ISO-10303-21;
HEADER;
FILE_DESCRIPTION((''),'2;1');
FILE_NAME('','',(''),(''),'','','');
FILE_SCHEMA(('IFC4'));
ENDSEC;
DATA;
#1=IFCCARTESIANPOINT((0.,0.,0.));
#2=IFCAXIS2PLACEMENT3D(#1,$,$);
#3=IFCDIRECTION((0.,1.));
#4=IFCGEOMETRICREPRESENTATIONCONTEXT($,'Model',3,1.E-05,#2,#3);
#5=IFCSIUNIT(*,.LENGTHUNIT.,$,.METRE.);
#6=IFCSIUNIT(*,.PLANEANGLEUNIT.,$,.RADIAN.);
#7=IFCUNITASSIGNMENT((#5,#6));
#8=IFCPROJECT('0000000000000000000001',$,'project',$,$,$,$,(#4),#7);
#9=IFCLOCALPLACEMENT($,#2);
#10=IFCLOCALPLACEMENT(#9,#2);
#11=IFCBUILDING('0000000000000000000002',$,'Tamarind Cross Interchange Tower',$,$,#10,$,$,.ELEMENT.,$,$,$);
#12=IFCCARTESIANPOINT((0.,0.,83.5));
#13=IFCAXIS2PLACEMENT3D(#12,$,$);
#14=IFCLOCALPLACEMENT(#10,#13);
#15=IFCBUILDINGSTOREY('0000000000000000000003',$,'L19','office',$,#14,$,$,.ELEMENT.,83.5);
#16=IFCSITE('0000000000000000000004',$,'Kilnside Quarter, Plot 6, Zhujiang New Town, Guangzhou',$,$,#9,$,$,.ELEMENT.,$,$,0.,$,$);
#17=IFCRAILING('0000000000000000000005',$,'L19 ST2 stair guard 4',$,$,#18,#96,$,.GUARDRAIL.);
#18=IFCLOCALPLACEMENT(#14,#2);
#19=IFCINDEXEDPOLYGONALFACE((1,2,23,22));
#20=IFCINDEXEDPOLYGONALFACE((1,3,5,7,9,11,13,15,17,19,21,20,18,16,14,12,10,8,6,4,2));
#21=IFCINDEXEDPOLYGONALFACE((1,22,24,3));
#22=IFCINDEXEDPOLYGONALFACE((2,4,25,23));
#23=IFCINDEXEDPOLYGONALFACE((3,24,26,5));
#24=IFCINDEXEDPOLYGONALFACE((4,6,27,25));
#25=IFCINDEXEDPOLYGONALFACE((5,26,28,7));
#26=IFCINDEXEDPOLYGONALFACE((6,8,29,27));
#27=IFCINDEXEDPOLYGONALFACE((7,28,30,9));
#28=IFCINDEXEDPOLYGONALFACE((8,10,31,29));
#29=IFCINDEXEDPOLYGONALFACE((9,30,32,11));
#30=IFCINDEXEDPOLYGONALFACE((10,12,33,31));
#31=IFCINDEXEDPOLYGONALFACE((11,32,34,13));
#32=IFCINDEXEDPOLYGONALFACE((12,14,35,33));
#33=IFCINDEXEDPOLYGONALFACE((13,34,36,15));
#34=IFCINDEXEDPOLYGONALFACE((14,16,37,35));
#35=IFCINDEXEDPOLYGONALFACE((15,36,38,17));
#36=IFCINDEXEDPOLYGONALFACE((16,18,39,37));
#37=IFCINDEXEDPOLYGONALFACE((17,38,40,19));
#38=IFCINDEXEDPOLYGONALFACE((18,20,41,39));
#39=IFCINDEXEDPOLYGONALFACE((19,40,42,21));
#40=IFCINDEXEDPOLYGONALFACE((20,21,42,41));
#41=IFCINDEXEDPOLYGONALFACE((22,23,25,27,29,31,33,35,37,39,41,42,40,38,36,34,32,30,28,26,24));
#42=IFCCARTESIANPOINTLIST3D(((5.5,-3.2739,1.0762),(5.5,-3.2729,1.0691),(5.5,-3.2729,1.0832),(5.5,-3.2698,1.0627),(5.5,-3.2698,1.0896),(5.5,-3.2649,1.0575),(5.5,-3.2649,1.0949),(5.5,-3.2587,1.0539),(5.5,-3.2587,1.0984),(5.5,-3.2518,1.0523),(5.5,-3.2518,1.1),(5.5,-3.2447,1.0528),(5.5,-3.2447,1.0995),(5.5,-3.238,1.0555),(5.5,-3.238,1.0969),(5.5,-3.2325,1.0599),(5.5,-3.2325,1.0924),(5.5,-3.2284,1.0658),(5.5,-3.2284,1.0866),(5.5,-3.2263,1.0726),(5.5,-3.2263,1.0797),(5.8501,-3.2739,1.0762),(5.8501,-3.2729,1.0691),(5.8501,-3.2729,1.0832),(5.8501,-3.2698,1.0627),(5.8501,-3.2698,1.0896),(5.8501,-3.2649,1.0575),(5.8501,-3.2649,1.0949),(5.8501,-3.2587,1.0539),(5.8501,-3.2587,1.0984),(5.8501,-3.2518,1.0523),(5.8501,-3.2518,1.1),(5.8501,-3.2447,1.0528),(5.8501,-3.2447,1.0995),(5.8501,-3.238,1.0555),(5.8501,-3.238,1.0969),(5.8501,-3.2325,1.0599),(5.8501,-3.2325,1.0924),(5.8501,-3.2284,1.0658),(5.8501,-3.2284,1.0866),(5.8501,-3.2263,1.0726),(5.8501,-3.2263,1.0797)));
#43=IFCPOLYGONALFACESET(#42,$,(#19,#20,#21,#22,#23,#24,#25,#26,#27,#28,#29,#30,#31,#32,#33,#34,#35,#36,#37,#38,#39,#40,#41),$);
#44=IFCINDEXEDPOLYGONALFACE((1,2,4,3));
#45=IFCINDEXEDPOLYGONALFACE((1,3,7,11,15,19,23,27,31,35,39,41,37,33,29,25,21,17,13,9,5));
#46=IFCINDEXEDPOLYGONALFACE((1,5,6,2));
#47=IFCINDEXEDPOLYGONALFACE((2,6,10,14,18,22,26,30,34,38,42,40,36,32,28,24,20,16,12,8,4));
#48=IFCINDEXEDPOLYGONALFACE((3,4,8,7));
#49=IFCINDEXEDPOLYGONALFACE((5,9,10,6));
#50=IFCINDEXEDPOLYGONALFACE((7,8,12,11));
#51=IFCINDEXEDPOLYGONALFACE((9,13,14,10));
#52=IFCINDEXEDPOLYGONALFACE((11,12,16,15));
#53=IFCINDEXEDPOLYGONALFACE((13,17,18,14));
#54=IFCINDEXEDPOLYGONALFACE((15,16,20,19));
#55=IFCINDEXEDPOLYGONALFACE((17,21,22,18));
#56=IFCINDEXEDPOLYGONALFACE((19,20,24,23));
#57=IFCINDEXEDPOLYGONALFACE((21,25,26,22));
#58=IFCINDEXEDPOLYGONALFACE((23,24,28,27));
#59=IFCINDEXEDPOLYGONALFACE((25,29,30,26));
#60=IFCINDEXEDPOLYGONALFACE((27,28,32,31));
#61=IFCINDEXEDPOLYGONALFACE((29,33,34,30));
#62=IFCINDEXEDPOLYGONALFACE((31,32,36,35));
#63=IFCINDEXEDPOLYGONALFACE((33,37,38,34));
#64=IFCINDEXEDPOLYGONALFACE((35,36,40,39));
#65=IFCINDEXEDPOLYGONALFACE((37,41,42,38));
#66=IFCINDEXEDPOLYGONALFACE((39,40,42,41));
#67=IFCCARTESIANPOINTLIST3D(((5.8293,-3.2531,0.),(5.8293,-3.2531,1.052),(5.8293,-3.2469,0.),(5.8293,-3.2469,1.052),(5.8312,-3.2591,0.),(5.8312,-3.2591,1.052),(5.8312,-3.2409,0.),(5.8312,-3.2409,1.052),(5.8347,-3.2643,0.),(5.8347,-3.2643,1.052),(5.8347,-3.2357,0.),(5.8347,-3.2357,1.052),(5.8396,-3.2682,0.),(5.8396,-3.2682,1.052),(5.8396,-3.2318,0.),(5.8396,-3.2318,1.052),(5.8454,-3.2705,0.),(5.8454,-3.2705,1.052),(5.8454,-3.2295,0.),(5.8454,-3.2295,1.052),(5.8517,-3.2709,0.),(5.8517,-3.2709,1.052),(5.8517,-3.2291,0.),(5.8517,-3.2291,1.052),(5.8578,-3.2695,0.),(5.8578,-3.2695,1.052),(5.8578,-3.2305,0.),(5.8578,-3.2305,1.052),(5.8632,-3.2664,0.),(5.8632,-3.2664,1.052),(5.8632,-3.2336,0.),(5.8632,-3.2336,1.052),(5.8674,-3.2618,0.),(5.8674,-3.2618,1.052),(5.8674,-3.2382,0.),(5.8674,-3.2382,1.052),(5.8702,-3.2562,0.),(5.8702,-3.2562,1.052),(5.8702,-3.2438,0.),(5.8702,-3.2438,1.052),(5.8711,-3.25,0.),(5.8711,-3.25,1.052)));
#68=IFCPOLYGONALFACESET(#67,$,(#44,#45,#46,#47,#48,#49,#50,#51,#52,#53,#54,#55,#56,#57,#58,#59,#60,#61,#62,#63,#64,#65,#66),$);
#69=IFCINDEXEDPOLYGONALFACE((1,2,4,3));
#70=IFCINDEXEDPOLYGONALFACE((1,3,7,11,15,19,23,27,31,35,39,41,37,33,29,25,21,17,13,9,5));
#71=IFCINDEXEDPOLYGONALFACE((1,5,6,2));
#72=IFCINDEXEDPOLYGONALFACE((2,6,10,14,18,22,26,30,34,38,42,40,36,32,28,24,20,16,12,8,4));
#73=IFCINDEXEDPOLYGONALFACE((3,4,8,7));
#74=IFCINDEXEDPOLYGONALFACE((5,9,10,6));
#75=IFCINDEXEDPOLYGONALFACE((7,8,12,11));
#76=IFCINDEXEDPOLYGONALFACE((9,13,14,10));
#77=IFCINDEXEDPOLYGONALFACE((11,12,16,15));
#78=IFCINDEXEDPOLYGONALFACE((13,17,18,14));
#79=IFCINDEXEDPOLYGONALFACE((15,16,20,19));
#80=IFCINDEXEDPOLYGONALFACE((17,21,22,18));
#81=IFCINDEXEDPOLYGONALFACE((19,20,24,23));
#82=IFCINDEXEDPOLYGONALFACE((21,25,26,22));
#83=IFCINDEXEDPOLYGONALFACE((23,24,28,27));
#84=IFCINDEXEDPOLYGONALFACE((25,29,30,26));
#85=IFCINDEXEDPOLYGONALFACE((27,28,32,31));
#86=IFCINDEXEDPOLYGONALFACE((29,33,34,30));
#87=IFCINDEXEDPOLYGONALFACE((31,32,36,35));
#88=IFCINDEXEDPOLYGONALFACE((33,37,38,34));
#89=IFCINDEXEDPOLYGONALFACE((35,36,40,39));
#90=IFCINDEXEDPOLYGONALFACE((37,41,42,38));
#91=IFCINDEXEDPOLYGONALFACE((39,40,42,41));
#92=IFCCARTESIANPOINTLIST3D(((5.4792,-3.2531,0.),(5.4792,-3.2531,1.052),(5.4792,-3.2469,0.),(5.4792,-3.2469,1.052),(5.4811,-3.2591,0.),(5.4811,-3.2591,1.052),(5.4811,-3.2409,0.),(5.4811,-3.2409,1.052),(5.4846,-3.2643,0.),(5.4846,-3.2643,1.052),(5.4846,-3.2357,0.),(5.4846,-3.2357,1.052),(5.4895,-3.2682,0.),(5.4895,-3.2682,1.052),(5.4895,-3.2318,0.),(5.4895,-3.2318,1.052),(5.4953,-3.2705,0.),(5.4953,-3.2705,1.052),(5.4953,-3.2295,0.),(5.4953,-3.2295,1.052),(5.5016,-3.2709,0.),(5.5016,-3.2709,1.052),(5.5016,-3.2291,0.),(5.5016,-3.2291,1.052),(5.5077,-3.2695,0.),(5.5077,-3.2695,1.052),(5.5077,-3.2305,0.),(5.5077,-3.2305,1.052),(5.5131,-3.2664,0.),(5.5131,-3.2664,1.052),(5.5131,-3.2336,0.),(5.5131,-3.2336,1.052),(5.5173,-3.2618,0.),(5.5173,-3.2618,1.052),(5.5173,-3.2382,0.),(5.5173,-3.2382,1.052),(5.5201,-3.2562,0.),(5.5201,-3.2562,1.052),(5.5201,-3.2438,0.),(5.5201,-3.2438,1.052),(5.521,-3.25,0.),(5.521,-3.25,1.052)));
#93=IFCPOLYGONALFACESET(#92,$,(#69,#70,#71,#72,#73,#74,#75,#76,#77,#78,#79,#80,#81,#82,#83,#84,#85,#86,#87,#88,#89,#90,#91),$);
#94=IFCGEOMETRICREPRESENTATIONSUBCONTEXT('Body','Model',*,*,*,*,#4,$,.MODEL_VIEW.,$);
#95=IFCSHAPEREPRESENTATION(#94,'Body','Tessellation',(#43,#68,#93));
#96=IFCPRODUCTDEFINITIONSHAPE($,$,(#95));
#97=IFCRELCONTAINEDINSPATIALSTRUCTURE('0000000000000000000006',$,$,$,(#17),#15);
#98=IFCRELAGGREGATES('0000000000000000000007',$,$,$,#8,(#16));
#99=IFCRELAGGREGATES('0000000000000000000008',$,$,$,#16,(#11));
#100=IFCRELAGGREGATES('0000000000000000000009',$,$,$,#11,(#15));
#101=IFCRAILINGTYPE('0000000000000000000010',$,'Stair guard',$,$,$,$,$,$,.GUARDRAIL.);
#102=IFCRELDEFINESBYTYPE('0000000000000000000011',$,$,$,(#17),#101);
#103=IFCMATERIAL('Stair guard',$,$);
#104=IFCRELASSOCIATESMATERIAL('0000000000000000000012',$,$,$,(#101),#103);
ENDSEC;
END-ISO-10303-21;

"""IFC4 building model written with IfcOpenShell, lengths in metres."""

from ifc_helpers import new_model, si_unit, direction, frame, origin, origin_2d, place, context, subcontext, project, spatial, circle, extrude, material, type_object, element, save


model = new_model("IFC4")

# Units and contexts
model_context = context("Model", 3, precision=1e-05, world=origin(), true_north=direction((0.0, 1.0)))
body_context = subcontext(model_context, "Body", "Model", "MODEL_VIEW")
ifc_project = project(units=[si_unit("LENGTHUNIT", "METRE"), si_unit("PLANEANGLEUNIT", "RADIAN")], contexts=[model_context])

# Site, building, storey
site_placement = place(None, origin())
site = spatial("IfcSite", under=ifc_project, at=site_placement, Name="Kilnside Quarter, Plot 6, Zhujiang New Town, Guangzhou", CompositionType="ELEMENT", RefElevation=0.0)
building_placement = place(site_placement, origin())
building = spatial("IfcBuilding", under=site, at=building_placement, Name="Tamarind Cross Interchange Tower", CompositionType="ELEMENT")
storey_placement = place(building_placement, frame((0.0, 0.0, 83.5)))
storey = spatial("IfcBuildingStorey", under=building, at=storey_placement, Name="L19", Description="office", CompositionType="ELEMENT", Elevation=83.5)

# Railing
ifc_material_1 = material(Name="Stair guard")
railing_type_1 = type_object("IfcRailingType", Name="Stair guard", PredefinedType="GUARDRAIL", material=ifc_material_1)
railing_1_placement = place(storey_placement, frame((5.8501, -3.25, 0.0)))
element("IfcRailing", 1, at=railing_1_placement, inside=storey, type_object=railing_type_1, Name="L19 ST2 stair guard 4", PredefinedType="GUARDRAIL", context=body_context, shape_type="SweptSolid", body=[
    extrude(circle(Radius=0.0239, at=origin_2d()), frame((0.0, 0.0, 1.0762), z_axis=(-1.0, 0.0, 0.0), x_axis=(0.0, -1.0, 0.0)), (0.0, 0.0, 1.0), 0.3501),
    extrude(circle(Radius=0.021, at=origin_2d()), origin(), (0.0, 0.0, 1.0), 1.052),
    extrude(circle(Radius=0.021, at=origin_2d()), frame((-0.3501, 0.0, 0.0)), (0.0, 0.0, 1.0), 1.052),
])

save(model, "model.ifc")
